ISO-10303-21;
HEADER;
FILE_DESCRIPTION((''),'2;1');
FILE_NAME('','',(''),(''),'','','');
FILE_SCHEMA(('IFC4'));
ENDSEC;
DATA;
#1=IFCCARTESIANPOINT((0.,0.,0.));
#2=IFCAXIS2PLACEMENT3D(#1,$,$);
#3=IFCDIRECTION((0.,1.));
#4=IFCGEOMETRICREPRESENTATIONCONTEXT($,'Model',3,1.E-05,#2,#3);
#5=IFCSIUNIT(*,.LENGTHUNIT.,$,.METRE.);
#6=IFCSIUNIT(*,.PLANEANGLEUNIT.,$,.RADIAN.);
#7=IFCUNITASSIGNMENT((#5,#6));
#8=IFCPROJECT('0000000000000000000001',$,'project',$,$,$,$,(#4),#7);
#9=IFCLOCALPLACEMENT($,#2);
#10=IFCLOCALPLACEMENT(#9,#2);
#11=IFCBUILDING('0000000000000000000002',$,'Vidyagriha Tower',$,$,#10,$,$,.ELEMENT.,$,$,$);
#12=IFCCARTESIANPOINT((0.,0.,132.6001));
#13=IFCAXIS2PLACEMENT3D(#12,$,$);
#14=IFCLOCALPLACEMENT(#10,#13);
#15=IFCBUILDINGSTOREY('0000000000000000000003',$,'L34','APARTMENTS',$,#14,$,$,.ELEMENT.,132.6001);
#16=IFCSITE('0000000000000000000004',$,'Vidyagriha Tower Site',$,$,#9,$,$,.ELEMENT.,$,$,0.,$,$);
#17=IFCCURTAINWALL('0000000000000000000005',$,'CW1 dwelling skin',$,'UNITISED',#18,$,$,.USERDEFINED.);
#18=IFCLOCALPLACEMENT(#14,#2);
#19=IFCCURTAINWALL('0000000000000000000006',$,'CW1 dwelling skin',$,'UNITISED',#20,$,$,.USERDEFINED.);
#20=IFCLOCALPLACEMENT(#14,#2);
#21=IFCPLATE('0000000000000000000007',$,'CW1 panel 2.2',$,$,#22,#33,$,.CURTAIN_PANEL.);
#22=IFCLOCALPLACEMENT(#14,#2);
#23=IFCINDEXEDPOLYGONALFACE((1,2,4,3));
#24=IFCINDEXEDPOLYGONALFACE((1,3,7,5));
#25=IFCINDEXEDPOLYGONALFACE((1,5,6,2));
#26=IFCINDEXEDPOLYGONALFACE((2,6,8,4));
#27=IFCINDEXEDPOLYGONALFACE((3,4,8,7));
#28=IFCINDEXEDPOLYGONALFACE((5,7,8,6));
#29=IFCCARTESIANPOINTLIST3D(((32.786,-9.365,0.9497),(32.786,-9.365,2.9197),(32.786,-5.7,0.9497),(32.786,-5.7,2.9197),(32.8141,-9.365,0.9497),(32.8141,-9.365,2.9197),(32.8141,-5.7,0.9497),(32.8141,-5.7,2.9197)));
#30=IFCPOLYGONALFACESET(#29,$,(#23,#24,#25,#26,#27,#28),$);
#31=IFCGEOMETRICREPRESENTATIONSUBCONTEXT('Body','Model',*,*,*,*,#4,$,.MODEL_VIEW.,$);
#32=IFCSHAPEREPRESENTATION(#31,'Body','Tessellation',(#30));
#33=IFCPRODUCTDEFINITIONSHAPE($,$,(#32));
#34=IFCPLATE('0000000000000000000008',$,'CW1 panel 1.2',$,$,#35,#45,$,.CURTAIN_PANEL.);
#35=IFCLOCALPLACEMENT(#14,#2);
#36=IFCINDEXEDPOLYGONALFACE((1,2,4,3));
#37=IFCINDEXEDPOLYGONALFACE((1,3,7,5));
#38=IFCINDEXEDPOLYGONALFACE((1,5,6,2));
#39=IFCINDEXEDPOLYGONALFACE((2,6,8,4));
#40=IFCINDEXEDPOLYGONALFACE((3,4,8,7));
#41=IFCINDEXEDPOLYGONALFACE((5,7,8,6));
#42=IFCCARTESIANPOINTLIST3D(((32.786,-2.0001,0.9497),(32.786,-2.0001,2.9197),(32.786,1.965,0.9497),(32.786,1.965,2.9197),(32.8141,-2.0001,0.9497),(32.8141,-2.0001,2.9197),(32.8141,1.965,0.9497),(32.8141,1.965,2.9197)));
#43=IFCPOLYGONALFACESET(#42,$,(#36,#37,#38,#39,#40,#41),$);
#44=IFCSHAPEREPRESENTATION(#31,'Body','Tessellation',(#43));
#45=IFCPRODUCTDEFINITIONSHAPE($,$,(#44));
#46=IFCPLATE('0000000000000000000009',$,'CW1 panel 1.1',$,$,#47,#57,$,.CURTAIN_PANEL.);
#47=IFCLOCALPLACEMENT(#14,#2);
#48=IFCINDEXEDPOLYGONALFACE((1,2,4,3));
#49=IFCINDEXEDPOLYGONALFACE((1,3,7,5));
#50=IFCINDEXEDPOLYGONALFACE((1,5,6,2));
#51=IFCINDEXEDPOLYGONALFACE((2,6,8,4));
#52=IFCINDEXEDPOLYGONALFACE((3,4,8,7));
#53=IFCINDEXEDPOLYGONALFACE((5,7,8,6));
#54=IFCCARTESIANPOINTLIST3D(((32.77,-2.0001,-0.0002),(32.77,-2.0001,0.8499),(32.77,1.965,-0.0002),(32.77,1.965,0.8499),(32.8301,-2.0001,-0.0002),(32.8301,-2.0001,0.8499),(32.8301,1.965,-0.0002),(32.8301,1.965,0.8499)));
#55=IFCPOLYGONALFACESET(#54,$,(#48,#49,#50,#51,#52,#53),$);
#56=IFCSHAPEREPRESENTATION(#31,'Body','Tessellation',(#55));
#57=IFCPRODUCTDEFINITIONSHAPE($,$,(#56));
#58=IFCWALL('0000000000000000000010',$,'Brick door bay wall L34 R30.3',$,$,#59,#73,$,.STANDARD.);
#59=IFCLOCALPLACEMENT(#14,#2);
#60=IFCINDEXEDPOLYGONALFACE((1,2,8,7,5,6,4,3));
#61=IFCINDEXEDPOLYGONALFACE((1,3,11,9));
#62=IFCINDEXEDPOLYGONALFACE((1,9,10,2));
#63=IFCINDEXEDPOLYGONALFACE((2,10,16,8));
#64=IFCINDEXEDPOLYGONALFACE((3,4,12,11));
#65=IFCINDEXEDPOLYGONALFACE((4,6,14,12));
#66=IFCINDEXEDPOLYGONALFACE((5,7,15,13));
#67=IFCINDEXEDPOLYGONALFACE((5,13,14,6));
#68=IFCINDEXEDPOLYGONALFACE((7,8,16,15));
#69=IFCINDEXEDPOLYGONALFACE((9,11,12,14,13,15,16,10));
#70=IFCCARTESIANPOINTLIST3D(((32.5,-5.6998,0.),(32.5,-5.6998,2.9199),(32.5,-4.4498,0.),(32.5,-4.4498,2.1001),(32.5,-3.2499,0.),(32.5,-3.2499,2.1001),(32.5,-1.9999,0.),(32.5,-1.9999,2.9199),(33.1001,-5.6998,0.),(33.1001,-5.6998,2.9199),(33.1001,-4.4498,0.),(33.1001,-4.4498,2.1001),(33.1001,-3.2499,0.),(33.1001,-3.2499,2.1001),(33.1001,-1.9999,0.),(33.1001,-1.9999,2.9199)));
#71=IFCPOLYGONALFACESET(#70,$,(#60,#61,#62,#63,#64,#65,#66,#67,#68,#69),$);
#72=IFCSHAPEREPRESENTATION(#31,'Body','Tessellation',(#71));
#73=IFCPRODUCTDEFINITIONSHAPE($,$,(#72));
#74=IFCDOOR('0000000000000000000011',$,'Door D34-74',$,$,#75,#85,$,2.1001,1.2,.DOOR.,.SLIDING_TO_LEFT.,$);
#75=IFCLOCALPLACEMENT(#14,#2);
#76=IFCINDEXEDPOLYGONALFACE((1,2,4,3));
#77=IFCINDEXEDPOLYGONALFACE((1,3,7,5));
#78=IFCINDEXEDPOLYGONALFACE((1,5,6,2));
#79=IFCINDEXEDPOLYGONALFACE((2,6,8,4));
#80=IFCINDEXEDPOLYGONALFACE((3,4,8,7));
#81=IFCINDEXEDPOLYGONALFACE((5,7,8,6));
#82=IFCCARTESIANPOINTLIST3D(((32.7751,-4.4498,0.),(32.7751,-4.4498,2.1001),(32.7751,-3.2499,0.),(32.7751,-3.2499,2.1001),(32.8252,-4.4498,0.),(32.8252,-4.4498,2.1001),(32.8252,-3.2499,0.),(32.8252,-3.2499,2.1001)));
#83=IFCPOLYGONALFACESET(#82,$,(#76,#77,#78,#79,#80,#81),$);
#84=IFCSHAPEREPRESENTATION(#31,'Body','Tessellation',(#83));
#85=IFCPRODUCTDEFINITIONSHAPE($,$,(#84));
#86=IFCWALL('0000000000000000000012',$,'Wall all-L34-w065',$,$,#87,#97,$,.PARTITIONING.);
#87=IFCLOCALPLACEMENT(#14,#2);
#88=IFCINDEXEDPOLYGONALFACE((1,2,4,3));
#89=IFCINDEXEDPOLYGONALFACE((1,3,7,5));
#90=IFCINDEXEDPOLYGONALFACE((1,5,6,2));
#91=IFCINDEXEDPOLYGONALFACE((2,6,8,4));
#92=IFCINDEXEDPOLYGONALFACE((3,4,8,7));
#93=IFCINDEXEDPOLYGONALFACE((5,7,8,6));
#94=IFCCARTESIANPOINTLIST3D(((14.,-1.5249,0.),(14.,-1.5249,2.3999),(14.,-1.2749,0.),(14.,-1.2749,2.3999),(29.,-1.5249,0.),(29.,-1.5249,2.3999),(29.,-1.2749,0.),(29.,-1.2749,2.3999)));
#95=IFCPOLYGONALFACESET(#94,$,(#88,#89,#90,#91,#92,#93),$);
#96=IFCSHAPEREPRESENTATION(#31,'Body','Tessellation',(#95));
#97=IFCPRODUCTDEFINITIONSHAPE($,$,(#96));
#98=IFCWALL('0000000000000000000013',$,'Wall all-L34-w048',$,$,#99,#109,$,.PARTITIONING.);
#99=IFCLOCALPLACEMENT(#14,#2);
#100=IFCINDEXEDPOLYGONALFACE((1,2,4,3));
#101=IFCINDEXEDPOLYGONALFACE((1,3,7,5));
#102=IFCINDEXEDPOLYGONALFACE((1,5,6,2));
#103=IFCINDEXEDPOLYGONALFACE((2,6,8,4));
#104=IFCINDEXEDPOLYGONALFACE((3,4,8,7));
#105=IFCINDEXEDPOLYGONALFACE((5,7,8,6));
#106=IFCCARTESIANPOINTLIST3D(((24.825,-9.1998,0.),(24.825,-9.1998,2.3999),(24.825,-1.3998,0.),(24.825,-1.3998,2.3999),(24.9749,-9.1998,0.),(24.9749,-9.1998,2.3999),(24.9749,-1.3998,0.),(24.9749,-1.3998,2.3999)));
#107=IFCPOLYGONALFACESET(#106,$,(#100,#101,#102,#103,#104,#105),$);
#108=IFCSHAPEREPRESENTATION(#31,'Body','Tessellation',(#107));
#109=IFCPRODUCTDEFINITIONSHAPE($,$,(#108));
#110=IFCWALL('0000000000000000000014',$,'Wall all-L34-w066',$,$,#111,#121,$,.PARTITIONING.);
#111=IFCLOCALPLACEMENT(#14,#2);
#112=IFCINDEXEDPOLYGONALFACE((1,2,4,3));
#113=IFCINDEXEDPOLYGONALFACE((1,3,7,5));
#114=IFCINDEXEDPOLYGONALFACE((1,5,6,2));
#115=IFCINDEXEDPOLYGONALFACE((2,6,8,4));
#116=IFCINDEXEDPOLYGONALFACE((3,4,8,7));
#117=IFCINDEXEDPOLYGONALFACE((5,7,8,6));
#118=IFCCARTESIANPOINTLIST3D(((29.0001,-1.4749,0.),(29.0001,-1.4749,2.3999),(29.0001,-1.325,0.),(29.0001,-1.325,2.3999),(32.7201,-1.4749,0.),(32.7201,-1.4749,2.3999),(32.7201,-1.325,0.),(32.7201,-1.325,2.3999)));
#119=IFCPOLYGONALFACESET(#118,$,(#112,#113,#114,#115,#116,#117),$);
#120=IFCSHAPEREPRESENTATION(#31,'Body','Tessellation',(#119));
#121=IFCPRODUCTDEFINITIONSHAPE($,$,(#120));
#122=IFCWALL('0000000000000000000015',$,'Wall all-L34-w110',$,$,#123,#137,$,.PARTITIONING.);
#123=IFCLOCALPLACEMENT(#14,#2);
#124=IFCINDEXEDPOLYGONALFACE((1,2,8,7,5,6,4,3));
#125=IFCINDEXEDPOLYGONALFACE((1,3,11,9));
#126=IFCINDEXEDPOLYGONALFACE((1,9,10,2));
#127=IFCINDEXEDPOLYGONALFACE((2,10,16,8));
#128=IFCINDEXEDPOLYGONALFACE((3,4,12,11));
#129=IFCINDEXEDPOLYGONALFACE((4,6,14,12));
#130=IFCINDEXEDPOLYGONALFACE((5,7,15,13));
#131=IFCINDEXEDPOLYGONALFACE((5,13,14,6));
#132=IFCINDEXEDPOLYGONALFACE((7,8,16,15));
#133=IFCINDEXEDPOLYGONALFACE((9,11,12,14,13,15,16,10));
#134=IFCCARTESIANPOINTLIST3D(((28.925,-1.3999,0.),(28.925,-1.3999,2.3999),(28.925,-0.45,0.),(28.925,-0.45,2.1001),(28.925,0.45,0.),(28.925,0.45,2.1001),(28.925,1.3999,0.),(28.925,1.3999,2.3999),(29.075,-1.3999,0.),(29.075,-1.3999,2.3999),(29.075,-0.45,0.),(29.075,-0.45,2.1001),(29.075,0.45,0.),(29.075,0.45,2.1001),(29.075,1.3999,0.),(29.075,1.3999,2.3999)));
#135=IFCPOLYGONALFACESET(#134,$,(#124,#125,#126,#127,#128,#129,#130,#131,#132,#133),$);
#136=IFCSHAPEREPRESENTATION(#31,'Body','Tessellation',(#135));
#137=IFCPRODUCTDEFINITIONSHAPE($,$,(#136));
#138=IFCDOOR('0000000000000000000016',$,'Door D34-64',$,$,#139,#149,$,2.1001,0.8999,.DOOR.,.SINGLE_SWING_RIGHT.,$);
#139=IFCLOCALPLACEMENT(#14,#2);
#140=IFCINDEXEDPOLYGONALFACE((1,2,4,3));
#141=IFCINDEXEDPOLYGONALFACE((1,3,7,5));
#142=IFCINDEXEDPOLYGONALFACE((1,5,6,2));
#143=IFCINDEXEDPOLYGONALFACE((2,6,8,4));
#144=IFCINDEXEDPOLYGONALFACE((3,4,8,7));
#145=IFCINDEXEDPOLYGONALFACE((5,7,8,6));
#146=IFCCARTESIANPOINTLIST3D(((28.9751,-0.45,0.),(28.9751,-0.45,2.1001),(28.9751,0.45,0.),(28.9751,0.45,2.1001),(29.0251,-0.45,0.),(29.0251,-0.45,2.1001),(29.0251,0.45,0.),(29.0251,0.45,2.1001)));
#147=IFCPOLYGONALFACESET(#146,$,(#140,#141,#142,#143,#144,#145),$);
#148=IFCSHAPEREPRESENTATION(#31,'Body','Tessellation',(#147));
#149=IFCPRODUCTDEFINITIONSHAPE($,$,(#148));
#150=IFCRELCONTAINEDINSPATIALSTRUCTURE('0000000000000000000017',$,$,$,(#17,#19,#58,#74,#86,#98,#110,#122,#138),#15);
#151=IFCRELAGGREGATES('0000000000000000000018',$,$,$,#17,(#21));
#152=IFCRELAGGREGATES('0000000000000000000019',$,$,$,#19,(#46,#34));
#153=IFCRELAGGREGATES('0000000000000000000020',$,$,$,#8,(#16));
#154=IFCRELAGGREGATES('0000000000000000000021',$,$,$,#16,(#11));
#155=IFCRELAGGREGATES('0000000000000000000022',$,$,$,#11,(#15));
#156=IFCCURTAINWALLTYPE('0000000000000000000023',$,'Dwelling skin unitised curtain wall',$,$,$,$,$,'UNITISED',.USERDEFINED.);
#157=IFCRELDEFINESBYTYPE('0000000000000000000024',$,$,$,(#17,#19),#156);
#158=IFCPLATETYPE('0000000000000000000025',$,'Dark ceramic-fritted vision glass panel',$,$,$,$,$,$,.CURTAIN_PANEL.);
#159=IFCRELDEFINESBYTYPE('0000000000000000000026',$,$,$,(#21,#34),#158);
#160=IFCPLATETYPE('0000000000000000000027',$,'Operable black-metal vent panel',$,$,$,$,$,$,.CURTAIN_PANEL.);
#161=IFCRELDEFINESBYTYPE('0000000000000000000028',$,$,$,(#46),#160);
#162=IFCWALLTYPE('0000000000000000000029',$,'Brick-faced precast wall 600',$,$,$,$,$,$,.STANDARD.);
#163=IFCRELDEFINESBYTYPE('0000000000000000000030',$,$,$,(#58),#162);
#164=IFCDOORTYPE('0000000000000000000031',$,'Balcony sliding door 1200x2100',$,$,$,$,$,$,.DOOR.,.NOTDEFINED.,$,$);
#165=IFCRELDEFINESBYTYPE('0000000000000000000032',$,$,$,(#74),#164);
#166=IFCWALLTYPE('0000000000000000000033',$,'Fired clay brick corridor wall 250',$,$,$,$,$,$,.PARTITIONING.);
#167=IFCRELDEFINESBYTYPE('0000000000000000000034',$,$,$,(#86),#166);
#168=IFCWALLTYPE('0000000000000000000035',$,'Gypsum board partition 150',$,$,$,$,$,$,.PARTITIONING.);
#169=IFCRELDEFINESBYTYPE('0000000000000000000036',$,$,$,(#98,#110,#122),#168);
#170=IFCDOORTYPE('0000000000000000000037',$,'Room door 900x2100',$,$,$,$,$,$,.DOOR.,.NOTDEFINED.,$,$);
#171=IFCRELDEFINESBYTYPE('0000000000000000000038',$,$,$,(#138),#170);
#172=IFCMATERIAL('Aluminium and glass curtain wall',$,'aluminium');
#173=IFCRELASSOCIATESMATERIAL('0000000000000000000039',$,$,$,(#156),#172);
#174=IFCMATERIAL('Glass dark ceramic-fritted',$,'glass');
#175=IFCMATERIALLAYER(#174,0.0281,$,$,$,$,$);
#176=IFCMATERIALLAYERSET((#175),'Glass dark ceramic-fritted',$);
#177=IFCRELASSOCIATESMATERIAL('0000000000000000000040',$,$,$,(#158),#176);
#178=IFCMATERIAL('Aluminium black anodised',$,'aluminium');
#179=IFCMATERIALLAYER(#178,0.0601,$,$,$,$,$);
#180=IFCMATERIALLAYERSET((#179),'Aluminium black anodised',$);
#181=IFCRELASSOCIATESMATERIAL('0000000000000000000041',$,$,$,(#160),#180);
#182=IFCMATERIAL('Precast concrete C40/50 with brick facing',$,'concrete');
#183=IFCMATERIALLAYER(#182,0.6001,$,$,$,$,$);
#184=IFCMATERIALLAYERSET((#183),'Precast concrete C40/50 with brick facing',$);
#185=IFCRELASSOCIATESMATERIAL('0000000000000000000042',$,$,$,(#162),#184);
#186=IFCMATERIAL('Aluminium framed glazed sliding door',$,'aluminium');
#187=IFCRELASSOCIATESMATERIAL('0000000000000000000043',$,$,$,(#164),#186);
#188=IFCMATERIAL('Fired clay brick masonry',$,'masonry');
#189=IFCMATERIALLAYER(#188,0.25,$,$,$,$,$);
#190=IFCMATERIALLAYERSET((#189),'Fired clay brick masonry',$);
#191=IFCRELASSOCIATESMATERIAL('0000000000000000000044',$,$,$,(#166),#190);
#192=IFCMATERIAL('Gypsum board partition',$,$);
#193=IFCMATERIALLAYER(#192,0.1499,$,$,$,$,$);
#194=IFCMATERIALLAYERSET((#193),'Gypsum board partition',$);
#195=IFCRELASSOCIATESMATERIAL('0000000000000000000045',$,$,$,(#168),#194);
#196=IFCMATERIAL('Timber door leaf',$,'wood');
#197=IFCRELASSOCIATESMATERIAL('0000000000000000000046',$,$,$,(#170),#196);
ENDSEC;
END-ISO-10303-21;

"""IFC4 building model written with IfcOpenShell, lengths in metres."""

from ifc_helpers import new_model, si_unit, direction, frame, frame_2d, origin, origin_2d, place, context, subcontext, project, spatial, rectangle, extrude, material, layer, layer_set, type_object, element, fill, aggregate, save


model = new_model("IFC4")

# Units and contexts
model_context = context("Model", 3, precision=1e-05, world=origin(), true_north=direction((0.0, 1.0)))
body_context = subcontext(model_context, "Body", "Model", "MODEL_VIEW")
ifc_project = project(units=[si_unit("LENGTHUNIT", "METRE"), si_unit("PLANEANGLEUNIT", "RADIAN")], contexts=[model_context])

# Site, building, storey
site_placement = place(None, origin())
site = spatial("IfcSite", under=ifc_project, at=site_placement, Name="Vidyagriha Tower Site", CompositionType="ELEMENT", RefElevation=0.0)
building_placement = place(site_placement, origin())
building = spatial("IfcBuilding", under=site, at=building_placement, Name="Vidyagriha Tower", CompositionType="ELEMENT")
storey_placement = place(building_placement, frame((0.0, 0.0, 132.6001)))
storey = spatial("IfcBuildingStorey", under=building, at=storey_placement, Name="L34", Description="APARTMENTS", CompositionType="ELEMENT", Elevation=132.6001)

# Curtain wall
ifc_material_1 = material(Name="Aluminium and glass curtain wall", Category="aluminium")
curtain_wall_type = type_object("IfcCurtainWallType", Name="Dwelling skin unitised curtain wall", ElementType="UNITISED", PredefinedType="USERDEFINED", material=ifc_material_1)
curtain_wall_1_placement = place(storey_placement, origin())
curtain_wall_1 = element("IfcCurtainWall", 1, at=curtain_wall_1_placement, inside=storey, type_object=curtain_wall_type, Name="CW1 dwelling skin", ObjectType="UNITISED", PredefinedType="USERDEFINED")

# Curtain wall
curtain_wall_2_placement = place(storey_placement, origin())
curtain_wall_2 = element("IfcCurtainWall", 2, at=curtain_wall_2_placement, inside=storey, type_object=curtain_wall_type, Name="CW1 dwelling skin", ObjectType="UNITISED", PredefinedType="USERDEFINED")

# Plates
ifc_material_2 = material(Name="Glass dark ceramic-fritted", Category="glass")
ifc_layer_1 = layer(ifc_material_2, 0.0281)
ifc_layer_set_1 = layer_set([ifc_layer_1], Name="Glass dark ceramic-fritted")
plate_type_1 = type_object("IfcPlateType", Name="Dark ceramic-fritted vision glass panel", PredefinedType="CURTAIN_PANEL", material=ifc_layer_set_1)
plate_1_placement = place(storey_placement, frame((32.8, -7.5325, 0.9497), z_axis=(0.0, 0.0, 1.0), x_axis=(0.0, 1.0, 0.0)))
plate_1 = element("IfcPlate", 3, at=plate_1_placement, type_object=plate_type_1, Name="CW1 panel 2.2", PredefinedType="CURTAIN_PANEL", context=body_context, shape_type="SweptSolid", body=[
    extrude(rectangle(XDim=3.665, YDim=0.0281, at=origin_2d()), origin(), (0.0, 0.0, 1.0), 1.97),
])
aggregate(curtain_wall_1, [plate_1])
plate_2_placement = place(storey_placement, frame((32.8, -0.0176, 0.9497), z_axis=(0.0, 0.0, 1.0), x_axis=(0.0, 1.0, 0.0)))
plate_2 = element("IfcPlate", 4, at=plate_2_placement, type_object=plate_type_1, Name="CW1 panel 1.2", PredefinedType="CURTAIN_PANEL", context=body_context, shape_type="SweptSolid", body=[
    extrude(rectangle(XDim=3.9651, YDim=0.0281, at=origin_2d()), origin(), (0.0, 0.0, 1.0), 1.97),
])
ifc_material_3 = material(Name="Aluminium black anodised", Category="aluminium")
ifc_layer_2 = layer(ifc_material_3, 0.0601)
ifc_layer_set_2 = layer_set([ifc_layer_2], Name="Aluminium black anodised")
plate_type_2 = type_object("IfcPlateType", Name="Operable black-metal vent panel", PredefinedType="CURTAIN_PANEL", material=ifc_layer_set_2)
plate_3_placement = place(storey_placement, frame((32.8, -0.0176, -0.0002), z_axis=(0.0, 0.0, 1.0), x_axis=(0.0, 1.0, 0.0)))
plate_3 = element("IfcPlate", 5, at=plate_3_placement, type_object=plate_type_2, Name="CW1 panel 1.1", PredefinedType="CURTAIN_PANEL", context=body_context, shape_type="SweptSolid", body=[
    extrude(rectangle(XDim=3.9651, YDim=0.0601, at=origin_2d()), origin(), (0.0, 0.0, 1.0), 0.8501),
])
aggregate(curtain_wall_2, [plate_3, plate_2])

# Wall, opening, door
ifc_material_4 = material(Name="Precast concrete C40/50 with brick facing", Category="concrete")
ifc_layer_3 = layer(ifc_material_4, 0.6001)
ifc_layer_set_3 = layer_set([ifc_layer_3], Name="Precast concrete C40/50 with brick facing")
wall_type_1 = type_object("IfcWallType", Name="Brick-faced precast wall 600", PredefinedType="STANDARD", material=ifc_layer_set_3)
wall_1_placement = place(storey_placement, frame((32.8, -5.7, 0.0), z_axis=(0.0, 0.0, 1.0), x_axis=(0.0, 1.0, 0.0)))
wall_1 = element("IfcWall", 6, at=wall_1_placement, inside=storey, type_object=wall_type_1, Name="Brick door bay wall L34 R30.3", PredefinedType="STANDARD", context=body_context, shape_type="SweptSolid", body=[
    extrude(rectangle(XDim=3.7, YDim=0.6001, at=frame_2d((1.8501, 0.0))), origin(), (0.0, 0.0, 1.0), 2.9199),
])
opening_1_placement = place(wall_1_placement, frame((1.25, 0.0, 0.0)))
opening_1 = element("IfcOpeningElement", 7, at=opening_1_placement, cuts=wall_1, PredefinedType="OPENING", context=body_context, shape_type="SweptSolid", body=[
    extrude(rectangle(XDim=1.2, YDim=2.1001, at=frame_2d((0.6001, 1.05))), frame((0.0, 0.3101, 0.0), z_axis=(0.0, -1.0, 0.0), x_axis=(1.0, 0.0, 0.0)), (0.0, 0.0, 1.0), 0.6201),
])
ifc_material_5 = material(Name="Aluminium framed glazed sliding door", Category="aluminium")
door_type_1 = type_object("IfcDoorType", Name="Balcony sliding door 1200x2100", OperationType="NOTDEFINED", PredefinedType="DOOR", material=ifc_material_5)
door_1_placement = place(opening_1_placement, origin())
door_1 = element("IfcDoor", 8, at=door_1_placement, inside=storey, type_object=door_type_1, Name="Door D34-74", OperationType="SLIDING_TO_LEFT", OverallHeight=2.1001, OverallWidth=1.2, PredefinedType="DOOR", context=body_context, shape_type="SweptSolid", body=[
    extrude(rectangle(XDim=1.2, YDim=2.1001, at=frame_2d((0.6001, 1.05))), frame((0.0, 0.0249, 0.0), z_axis=(0.0, -1.0, 0.0), x_axis=(1.0, 0.0, 0.0)), (0.0, 0.0, 1.0), 0.05),
])
fill(opening_1, door_1)

# Walls
ifc_material_6 = material(Name="Fired clay brick masonry", Category="masonry")
ifc_layer_4 = layer(ifc_material_6, 0.25)
ifc_layer_set_4 = layer_set([ifc_layer_4], Name="Fired clay brick masonry")
wall_type_2 = type_object("IfcWallType", Name="Fired clay brick corridor wall 250", PredefinedType="PARTITIONING", material=ifc_layer_set_4)
wall_2_placement = place(storey_placement, frame((29.0, -1.3999, 0.0), z_axis=(0.0, 0.0, 1.0), x_axis=(-1.0, 0.0, 0.0)))
element("IfcWall", 9, at=wall_2_placement, inside=storey, type_object=wall_type_2, Name="Wall all-L34-w065", PredefinedType="PARTITIONING", context=body_context, shape_type="SweptSolid", body=[
    extrude(rectangle(XDim=15.0, YDim=0.25, at=frame_2d((7.5, 0.0))), origin(), (0.0, 0.0, 1.0), 2.3999),
])
ifc_material_7 = material(Name="Gypsum board partition")
ifc_layer_5 = layer(ifc_material_7, 0.1499)
ifc_layer_set_5 = layer_set([ifc_layer_5], Name="Gypsum board partition")
wall_type_3 = type_object("IfcWallType", Name="Gypsum board partition 150", PredefinedType="PARTITIONING", material=ifc_layer_set_5)
wall_3_placement = place(storey_placement, frame((24.8999, -1.3999, 0.0), z_axis=(0.0, 0.0, 1.0), x_axis=(0.0, -1.0, 0.0)))
element("IfcWall", 10, at=wall_3_placement, inside=storey, type_object=wall_type_3, Name="Wall all-L34-w048", PredefinedType="PARTITIONING", context=body_context, shape_type="SweptSolid", body=[
    extrude(rectangle(XDim=7.8, YDim=0.1499, at=frame_2d((3.8999, 0.0))), origin(), (0.0, 0.0, 1.0), 2.3999),
])
wall_4_placement = place(storey_placement, frame((32.72, -1.3999, 0.0), z_axis=(0.0, 0.0, 1.0), x_axis=(-1.0, 0.0, 0.0)))
element("IfcWall", 11, at=wall_4_placement, inside=storey, type_object=wall_type_3, Name="Wall all-L34-w066", PredefinedType="PARTITIONING", context=body_context, shape_type="SweptSolid", body=[
    extrude(rectangle(XDim=3.72, YDim=0.1499, at=frame_2d((1.8599, 0.0))), origin(), (0.0, 0.0, 1.0), 2.3999),
])

# Wall, opening, door
wall_5_placement = place(storey_placement, frame((29.0, -1.3999, 0.0), z_axis=(0.0, 0.0, 1.0), x_axis=(0.0, 1.0, 0.0)))
wall_5 = element("IfcWall", 12, at=wall_5_placement, inside=storey, type_object=wall_type_3, Name="Wall all-L34-w110", PredefinedType="PARTITIONING", context=body_context, shape_type="SweptSolid", body=[
    extrude(rectangle(XDim=2.7998, YDim=0.1499, at=frame_2d((1.3999, 0.0))), origin(), (0.0, 0.0, 1.0), 2.3999),
])
opening_2_placement = place(wall_5_placement, frame((0.95, 0.0, 0.0)))
opening_2 = element("IfcOpeningElement", 13, at=opening_2_placement, cuts=wall_5, PredefinedType="OPENING", context=body_context, shape_type="SweptSolid", body=[
    extrude(rectangle(XDim=0.8999, YDim=2.1001, at=frame_2d((0.45, 1.05))), frame((0.0, 0.085, 0.0), z_axis=(0.0, -1.0, 0.0), x_axis=(1.0, 0.0, 0.0)), (0.0, 0.0, 1.0), 0.1699),
])
ifc_material_8 = material(Name="Timber door leaf", Category="wood")
door_type_2 = type_object("IfcDoorType", Name="Room door 900x2100", OperationType="NOTDEFINED", PredefinedType="DOOR", material=ifc_material_8)
door_2_placement = place(opening_2_placement, origin())
door_2 = element("IfcDoor", 14, at=door_2_placement, inside=storey, type_object=door_type_2, Name="Door D34-64", OperationType="SINGLE_SWING_RIGHT", OverallHeight=2.1001, OverallWidth=0.8999, PredefinedType="DOOR", context=body_context, shape_type="SweptSolid", body=[
    extrude(rectangle(XDim=0.8999, YDim=2.1001, at=frame_2d((0.45, 1.05))), frame((0.0, 0.0249, 0.0), z_axis=(0.0, -1.0, 0.0), x_axis=(1.0, 0.0, 0.0)), (0.0, 0.0, 1.0), 0.05),
])
fill(opening_2, door_2)

save(model, "model.ifc")
